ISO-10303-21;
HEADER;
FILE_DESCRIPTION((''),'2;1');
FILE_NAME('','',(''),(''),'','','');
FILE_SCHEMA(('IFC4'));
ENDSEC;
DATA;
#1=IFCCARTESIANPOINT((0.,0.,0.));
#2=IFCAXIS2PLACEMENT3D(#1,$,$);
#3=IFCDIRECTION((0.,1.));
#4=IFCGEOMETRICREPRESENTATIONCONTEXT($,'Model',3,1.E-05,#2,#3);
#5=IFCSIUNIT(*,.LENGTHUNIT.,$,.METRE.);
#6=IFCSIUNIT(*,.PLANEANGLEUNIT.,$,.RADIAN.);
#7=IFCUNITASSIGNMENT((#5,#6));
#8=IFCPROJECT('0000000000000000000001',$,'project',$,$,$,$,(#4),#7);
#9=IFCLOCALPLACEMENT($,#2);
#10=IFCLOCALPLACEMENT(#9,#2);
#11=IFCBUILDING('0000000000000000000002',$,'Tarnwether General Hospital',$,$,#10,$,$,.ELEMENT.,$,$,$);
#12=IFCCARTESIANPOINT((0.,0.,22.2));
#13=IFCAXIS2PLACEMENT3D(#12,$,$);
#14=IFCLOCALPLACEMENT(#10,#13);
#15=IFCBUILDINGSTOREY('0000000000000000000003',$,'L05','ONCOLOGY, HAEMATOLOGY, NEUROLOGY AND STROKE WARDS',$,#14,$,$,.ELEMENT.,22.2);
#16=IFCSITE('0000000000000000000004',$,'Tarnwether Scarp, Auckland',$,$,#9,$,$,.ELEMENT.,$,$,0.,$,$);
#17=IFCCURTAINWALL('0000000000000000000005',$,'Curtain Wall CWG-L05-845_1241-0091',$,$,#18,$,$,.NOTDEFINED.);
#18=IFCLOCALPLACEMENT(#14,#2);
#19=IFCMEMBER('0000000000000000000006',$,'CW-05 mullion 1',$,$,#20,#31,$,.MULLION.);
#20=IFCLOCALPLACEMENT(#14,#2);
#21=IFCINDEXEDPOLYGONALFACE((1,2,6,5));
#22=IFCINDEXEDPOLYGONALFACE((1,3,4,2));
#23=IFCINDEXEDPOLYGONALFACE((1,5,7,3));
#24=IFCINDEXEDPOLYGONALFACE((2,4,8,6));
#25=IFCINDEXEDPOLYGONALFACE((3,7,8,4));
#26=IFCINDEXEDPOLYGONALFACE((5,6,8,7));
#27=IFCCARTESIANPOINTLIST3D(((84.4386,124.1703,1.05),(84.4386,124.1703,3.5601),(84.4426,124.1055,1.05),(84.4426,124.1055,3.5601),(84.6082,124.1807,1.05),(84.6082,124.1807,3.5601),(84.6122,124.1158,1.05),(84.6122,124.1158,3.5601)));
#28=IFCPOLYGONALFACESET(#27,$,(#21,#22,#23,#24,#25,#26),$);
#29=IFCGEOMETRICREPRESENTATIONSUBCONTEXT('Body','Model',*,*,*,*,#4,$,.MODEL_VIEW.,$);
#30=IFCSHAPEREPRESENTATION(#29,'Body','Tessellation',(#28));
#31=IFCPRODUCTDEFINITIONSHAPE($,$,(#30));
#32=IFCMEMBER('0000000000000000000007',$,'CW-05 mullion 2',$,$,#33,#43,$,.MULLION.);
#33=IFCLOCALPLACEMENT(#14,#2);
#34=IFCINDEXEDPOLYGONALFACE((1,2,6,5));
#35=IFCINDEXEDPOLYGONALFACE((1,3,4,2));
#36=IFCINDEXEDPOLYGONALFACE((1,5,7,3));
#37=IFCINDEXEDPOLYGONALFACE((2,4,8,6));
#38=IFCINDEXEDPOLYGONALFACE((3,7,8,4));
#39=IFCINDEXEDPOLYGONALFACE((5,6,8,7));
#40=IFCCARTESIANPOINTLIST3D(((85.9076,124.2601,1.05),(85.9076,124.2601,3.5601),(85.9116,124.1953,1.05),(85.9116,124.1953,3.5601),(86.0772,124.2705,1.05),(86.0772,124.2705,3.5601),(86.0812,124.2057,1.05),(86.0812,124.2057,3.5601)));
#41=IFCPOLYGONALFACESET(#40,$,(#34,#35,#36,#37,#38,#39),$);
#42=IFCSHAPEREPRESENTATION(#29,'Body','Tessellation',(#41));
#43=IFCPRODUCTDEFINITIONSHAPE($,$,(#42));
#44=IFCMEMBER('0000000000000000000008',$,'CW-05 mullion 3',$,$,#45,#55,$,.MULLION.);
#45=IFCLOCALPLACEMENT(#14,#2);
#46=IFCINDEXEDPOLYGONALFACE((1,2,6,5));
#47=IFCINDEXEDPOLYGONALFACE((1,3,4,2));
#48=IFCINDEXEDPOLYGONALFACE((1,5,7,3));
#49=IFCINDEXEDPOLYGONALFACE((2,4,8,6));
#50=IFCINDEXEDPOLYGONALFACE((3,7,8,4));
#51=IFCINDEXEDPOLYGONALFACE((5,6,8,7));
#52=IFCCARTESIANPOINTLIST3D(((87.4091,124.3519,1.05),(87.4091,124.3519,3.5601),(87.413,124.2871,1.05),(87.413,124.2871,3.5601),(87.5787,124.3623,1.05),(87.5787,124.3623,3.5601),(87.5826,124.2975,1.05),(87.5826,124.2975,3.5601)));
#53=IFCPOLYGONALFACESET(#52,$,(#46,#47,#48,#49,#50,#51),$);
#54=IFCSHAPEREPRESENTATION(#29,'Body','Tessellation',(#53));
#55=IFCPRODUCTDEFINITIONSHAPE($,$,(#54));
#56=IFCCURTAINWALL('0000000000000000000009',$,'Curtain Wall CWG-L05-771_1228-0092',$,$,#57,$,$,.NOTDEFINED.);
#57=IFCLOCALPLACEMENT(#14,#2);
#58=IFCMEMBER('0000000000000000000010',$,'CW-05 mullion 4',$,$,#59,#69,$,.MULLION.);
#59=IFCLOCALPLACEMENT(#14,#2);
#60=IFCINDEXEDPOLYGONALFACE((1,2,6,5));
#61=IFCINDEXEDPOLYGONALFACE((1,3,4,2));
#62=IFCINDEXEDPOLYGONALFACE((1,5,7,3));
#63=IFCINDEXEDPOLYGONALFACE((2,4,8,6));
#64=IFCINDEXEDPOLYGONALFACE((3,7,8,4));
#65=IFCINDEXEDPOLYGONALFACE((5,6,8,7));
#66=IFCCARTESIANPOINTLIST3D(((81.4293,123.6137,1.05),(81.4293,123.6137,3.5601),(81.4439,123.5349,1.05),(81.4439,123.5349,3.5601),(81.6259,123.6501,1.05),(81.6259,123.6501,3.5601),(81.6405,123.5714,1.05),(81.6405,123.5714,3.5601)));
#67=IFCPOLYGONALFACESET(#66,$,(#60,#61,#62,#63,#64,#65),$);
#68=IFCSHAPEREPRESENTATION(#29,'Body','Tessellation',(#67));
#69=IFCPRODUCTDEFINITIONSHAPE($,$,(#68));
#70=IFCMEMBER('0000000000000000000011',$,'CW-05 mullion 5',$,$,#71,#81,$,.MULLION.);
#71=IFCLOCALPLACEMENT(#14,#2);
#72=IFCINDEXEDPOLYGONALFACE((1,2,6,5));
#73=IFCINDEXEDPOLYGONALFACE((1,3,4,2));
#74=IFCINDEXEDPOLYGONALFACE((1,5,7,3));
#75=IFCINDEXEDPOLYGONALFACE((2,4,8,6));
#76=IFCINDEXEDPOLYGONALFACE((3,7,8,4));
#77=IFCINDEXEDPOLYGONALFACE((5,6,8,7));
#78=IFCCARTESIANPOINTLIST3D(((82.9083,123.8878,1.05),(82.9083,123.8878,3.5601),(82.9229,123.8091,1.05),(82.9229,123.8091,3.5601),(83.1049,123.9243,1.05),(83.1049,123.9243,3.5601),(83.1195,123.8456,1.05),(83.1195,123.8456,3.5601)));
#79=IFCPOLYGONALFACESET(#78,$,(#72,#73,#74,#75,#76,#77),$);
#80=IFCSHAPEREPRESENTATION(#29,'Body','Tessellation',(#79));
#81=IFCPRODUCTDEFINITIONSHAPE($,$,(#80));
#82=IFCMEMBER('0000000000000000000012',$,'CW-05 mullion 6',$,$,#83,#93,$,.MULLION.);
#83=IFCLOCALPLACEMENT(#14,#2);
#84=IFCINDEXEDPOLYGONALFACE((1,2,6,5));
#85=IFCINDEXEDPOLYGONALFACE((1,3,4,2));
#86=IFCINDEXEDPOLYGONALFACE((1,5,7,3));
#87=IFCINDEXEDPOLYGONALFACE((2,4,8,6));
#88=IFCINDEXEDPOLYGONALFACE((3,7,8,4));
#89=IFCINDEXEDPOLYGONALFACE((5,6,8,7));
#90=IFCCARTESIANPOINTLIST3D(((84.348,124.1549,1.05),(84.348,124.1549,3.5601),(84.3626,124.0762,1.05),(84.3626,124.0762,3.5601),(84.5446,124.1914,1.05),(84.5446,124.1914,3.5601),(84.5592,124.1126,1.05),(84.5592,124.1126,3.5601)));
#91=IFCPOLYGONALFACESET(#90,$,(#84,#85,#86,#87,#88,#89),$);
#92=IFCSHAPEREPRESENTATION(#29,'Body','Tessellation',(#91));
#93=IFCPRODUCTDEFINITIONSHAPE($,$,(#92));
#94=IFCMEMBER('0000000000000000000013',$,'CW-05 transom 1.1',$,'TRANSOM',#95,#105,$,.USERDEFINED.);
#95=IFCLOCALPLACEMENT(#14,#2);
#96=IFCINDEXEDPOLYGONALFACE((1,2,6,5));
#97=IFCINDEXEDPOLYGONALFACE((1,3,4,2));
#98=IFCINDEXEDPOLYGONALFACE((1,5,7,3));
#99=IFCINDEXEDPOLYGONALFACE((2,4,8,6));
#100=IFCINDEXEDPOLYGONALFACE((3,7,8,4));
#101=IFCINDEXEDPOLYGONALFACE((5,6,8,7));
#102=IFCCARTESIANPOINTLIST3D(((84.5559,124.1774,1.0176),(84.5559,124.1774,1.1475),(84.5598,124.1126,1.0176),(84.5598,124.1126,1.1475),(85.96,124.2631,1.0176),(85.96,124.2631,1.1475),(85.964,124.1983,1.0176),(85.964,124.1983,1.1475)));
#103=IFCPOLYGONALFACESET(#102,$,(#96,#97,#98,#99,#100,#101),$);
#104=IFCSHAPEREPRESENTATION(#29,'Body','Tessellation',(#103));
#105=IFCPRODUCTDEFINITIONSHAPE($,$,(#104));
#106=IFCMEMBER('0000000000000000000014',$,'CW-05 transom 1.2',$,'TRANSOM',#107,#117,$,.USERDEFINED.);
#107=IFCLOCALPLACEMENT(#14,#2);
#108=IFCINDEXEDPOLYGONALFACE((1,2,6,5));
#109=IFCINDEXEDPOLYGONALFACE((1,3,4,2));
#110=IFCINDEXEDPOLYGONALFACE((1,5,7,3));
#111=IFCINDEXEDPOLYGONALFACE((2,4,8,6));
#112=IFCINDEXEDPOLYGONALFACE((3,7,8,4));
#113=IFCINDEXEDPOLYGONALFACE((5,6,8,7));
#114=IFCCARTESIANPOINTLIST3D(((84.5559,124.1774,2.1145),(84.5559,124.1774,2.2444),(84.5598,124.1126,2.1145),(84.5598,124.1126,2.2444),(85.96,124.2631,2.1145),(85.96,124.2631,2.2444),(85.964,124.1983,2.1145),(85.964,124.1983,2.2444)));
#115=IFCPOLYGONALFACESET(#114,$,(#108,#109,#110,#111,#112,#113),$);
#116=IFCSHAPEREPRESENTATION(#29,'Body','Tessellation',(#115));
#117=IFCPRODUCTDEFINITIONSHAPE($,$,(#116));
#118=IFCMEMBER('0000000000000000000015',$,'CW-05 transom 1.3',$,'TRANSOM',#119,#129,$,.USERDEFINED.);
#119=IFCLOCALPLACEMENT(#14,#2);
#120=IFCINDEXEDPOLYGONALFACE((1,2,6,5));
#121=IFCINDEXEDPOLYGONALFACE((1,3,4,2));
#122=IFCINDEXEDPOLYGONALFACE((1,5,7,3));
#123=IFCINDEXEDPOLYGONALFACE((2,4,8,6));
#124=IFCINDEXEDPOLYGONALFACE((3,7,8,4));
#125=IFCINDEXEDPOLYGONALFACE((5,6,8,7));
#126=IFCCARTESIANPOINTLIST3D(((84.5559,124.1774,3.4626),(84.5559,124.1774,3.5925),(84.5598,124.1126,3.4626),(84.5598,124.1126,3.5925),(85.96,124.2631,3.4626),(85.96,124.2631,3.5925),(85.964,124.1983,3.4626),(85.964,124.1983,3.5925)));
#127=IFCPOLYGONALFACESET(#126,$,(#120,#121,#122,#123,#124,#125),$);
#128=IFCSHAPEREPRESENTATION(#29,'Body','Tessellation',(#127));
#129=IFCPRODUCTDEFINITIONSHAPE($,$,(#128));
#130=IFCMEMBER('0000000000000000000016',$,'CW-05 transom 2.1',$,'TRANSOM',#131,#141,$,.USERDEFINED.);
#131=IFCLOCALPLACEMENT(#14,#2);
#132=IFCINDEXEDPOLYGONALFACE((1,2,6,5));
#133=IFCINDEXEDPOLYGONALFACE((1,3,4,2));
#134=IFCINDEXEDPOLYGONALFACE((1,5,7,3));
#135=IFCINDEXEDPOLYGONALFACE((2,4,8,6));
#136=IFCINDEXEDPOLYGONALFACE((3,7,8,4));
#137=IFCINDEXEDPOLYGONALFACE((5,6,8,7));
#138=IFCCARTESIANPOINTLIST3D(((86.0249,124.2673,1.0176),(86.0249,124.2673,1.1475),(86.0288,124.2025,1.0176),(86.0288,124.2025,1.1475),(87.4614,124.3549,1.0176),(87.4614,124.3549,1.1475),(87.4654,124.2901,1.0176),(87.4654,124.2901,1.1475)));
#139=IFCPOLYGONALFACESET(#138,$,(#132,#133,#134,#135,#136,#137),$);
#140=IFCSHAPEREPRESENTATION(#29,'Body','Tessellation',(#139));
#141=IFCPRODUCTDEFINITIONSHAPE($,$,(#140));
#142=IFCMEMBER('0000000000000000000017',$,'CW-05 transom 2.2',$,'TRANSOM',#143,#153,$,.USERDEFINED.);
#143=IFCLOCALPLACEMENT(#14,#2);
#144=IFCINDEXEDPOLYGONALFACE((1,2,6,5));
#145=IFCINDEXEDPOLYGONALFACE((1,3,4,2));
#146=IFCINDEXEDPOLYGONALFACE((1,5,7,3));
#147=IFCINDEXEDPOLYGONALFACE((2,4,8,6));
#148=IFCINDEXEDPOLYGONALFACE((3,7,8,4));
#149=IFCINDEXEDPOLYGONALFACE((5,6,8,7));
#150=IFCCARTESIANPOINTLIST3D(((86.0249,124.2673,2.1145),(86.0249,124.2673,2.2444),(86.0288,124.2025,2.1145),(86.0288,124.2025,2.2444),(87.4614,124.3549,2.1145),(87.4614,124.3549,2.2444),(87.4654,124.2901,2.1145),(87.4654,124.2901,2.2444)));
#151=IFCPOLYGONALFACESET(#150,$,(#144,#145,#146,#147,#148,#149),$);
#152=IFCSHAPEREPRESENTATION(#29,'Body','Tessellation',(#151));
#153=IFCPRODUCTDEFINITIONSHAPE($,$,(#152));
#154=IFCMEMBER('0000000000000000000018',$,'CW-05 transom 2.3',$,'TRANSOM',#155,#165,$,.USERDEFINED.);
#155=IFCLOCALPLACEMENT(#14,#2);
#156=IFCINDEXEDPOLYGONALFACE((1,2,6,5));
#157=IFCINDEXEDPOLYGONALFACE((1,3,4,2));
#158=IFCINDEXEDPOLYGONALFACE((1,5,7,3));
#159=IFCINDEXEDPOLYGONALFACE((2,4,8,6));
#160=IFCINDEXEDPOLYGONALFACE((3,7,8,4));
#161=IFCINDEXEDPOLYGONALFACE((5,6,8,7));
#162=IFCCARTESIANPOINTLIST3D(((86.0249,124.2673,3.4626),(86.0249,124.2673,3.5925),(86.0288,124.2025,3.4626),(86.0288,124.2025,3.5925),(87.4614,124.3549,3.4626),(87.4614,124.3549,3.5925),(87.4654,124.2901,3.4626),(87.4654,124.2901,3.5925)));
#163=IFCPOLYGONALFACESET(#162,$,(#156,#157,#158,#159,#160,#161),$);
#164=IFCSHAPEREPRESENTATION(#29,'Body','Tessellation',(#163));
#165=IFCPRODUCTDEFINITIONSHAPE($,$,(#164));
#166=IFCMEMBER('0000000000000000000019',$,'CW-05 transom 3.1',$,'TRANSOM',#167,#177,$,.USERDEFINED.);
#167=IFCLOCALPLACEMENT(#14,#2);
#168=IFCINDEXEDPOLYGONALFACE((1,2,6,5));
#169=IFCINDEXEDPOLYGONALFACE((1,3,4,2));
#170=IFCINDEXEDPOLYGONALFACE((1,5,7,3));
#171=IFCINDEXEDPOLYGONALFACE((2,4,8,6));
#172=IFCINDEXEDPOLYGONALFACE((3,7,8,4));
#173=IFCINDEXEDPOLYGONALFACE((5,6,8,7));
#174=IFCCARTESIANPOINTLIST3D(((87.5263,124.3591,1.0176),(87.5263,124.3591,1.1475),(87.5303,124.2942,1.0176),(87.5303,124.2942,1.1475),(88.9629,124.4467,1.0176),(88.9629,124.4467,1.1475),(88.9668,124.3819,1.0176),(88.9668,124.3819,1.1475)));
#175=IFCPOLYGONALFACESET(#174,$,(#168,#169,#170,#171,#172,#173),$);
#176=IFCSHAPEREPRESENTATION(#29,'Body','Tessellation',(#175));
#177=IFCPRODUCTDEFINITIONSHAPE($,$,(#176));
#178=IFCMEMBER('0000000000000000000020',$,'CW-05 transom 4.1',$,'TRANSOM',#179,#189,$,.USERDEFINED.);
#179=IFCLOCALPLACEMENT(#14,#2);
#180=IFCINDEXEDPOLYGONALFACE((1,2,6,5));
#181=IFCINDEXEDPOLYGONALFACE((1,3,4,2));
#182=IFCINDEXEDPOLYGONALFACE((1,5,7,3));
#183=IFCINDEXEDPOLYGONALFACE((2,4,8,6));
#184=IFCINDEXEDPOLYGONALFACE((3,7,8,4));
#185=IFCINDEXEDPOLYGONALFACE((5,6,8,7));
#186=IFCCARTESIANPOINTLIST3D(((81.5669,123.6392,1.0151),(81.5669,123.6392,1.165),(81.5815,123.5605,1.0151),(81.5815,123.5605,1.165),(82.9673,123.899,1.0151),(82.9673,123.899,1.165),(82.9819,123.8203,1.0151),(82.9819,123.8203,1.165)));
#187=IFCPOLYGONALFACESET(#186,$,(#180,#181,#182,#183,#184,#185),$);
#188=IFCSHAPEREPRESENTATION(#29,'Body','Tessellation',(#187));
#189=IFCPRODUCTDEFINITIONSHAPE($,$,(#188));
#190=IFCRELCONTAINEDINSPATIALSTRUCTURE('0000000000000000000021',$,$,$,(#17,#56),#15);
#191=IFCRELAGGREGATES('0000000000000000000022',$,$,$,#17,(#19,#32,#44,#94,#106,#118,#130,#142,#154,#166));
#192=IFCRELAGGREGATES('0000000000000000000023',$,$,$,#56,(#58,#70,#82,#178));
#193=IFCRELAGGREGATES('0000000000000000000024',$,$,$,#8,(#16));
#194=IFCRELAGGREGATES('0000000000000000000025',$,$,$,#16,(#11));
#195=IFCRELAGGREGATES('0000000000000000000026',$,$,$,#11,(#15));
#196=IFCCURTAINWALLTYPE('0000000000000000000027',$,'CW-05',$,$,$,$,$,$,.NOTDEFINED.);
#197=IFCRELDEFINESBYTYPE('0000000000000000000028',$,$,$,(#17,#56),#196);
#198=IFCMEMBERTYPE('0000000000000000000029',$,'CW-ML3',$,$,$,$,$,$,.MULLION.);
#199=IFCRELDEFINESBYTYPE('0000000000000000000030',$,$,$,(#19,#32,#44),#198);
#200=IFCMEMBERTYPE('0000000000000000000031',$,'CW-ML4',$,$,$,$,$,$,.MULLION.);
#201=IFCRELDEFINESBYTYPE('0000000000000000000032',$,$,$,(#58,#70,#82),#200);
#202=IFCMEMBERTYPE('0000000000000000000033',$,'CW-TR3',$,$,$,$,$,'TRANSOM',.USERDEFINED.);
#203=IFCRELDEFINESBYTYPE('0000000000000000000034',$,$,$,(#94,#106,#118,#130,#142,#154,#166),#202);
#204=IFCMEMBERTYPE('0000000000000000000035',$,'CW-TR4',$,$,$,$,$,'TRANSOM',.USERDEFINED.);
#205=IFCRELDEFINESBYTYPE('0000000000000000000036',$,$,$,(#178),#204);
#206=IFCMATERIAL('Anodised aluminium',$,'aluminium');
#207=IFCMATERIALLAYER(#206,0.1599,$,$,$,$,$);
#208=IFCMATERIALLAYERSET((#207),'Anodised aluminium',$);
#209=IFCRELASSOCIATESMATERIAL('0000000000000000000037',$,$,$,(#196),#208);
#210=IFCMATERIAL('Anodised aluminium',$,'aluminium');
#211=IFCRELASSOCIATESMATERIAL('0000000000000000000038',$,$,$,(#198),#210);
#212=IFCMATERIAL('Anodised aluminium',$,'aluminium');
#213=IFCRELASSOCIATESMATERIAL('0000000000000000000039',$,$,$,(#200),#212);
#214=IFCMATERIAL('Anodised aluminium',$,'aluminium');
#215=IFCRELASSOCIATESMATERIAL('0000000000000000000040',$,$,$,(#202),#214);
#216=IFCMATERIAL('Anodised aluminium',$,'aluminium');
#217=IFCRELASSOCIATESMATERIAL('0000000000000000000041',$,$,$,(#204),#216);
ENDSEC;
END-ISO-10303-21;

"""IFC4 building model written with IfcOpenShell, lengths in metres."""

from ifc_helpers import new_model, si_unit, direction, frame, origin, origin_2d, place, context, subcontext, project, spatial, rectangle, extrude, material, layer, layer_set, material_profile, profile_set, type_object, element, aggregate, save


model = new_model("IFC4")

# Units and contexts
model_context = context("Model", 3, precision=1e-05, world=origin(), true_north=direction((0.0, 1.0)))
body_context = subcontext(model_context, "Body", "Model", "MODEL_VIEW")
ifc_project = project(units=[si_unit("LENGTHUNIT", "METRE"), si_unit("PLANEANGLEUNIT", "RADIAN")], contexts=[model_context])

# Site, building, storey
site_placement = place(None, origin())
site = spatial("IfcSite", under=ifc_project, at=site_placement, Name="Tarnwether Scarp, Auckland", CompositionType="ELEMENT", RefElevation=0.0)
building_placement = place(site_placement, origin())
building = spatial("IfcBuilding", under=site, at=building_placement, Name="Tarnwether General Hospital", CompositionType="ELEMENT")
storey_placement = place(building_placement, frame((0.0, 0.0, 22.2)))
storey = spatial("IfcBuildingStorey", under=building, at=storey_placement, Name="L05", Description="ONCOLOGY, HAEMATOLOGY, NEUROLOGY AND STROKE WARDS", CompositionType="ELEMENT", Elevation=22.2)

# Curtain walls, members
ifc_material_1 = material(Name="Anodised aluminium", Category="aluminium")
ifc_layer_1 = layer(ifc_material_1, 0.1599)
ifc_layer_set_1 = layer_set([ifc_layer_1], Name="Anodised aluminium")
curtain_wall_type = type_object("IfcCurtainWallType", Name="CW-05", PredefinedType="NOTDEFINED", material=ifc_layer_set_1)
curtain_wall_1_placement = place(storey_placement, origin())
curtain_wall_1 = element("IfcCurtainWall", 1, at=curtain_wall_1_placement, inside=storey, type_object=curtain_wall_type, Name="Curtain Wall CWG-L05-845_1241-0091", PredefinedType="NOTDEFINED")
ifc_material_2 = material(Name="Anodised aluminium", Category="aluminium")
ifc_material_profile_1 = material_profile(ifc_material_2, rectangle(XDim=0.0649, YDim=0.1699, at=origin_2d()), Name="ALU-MUL-65x170")
ifc_profile_set_1 = profile_set([ifc_material_profile_1], Name="Anodised aluminium")
member_type_1 = type_object("IfcMemberType", Name="CW-ML3", PredefinedType="MULLION", material=ifc_profile_set_1)
member_1_placement = place(storey_placement, frame((84.5254, 124.1431, 1.05), z_axis=(0.0, 0.0, 1.0), x_axis=(-0.061029, 0.998136, 0.0)))
member_1 = element("IfcMember", 2, at=member_1_placement, type_object=member_type_1, Name="CW-05 mullion 1", PredefinedType="MULLION", context=body_context, shape_type="SweptSolid", body=[
    extrude(rectangle(XDim=0.0649, YDim=0.1699, at=origin_2d()), origin(), (0.0, 0.0, 1.0), 2.51),
])
member_2_placement = place(storey_placement, frame((85.9944, 124.2329, 1.05), z_axis=(0.0, 0.0, 1.0), x_axis=(-0.061029, 0.998136, 0.0)))
member_2 = element("IfcMember", 3, at=member_2_placement, type_object=member_type_1, Name="CW-05 mullion 2", PredefinedType="MULLION", context=body_context, shape_type="SweptSolid", body=[
    extrude(rectangle(XDim=0.0649, YDim=0.1699, at=origin_2d()), origin(), (0.0, 0.0, 1.0), 2.51),
])
member_3_placement = place(storey_placement, frame((87.4958, 124.3247, 1.05), z_axis=(0.0, 0.0, 1.0), x_axis=(-0.061029, 0.998136, 0.0)))
member_3 = element("IfcMember", 4, at=member_3_placement, type_object=member_type_1, Name="CW-05 mullion 3", PredefinedType="MULLION", context=body_context, shape_type="SweptSolid", body=[
    extrude(rectangle(XDim=0.0649, YDim=0.1699, at=origin_2d()), origin(), (0.0, 0.0, 1.0), 2.51),
])
curtain_wall_2_placement = place(storey_placement, origin())
curtain_wall_2 = element("IfcCurtainWall", 5, at=curtain_wall_2_placement, inside=storey, type_object=curtain_wall_type, Name="Curtain Wall CWG-L05-771_1228-0092", PredefinedType="NOTDEFINED")
ifc_material_3 = material(Name="Anodised aluminium", Category="aluminium")
ifc_material_profile_2 = material_profile(ifc_material_3, rectangle(XDim=0.0801, YDim=0.2, at=origin_2d()), Name="ALU-MUL-80x200")
ifc_profile_set_2 = profile_set([ifc_material_profile_2], Name="Anodised aluminium")
member_type_2 = type_object("IfcMemberType", Name="CW-ML4", PredefinedType="MULLION", material=ifc_profile_set_2)
member_4_placement = place(storey_placement, frame((81.5349, 123.5925, 1.05), z_axis=(0.0, 0.0, 1.0), x_axis=(-0.182289, 0.983245, 0.0)))
member_4 = element("IfcMember", 6, at=member_4_placement, type_object=member_type_2, Name="CW-05 mullion 4", PredefinedType="MULLION", context=body_context, shape_type="SweptSolid", body=[
    extrude(rectangle(XDim=0.0801, YDim=0.2, at=origin_2d()), origin(), (0.0, 0.0, 1.0), 2.51),
])
member_5_placement = place(storey_placement, frame((83.0139, 123.8667, 1.05), z_axis=(0.0, 0.0, 1.0), x_axis=(-0.182289, 0.983245, 0.0)))
member_5 = element("IfcMember", 7, at=member_5_placement, type_object=member_type_2, Name="CW-05 mullion 5", PredefinedType="MULLION", context=body_context, shape_type="SweptSolid", body=[
    extrude(rectangle(XDim=0.0801, YDim=0.2, at=origin_2d()), origin(), (0.0, 0.0, 1.0), 2.51),
])
member_6_placement = place(storey_placement, frame((84.4536, 124.1338, 1.05), z_axis=(0.0, 0.0, 1.0), x_axis=(-0.182289, 0.983245, 0.0)))
member_6 = element("IfcMember", 8, at=member_6_placement, type_object=member_type_2, Name="CW-05 mullion 6", PredefinedType="MULLION", context=body_context, shape_type="SweptSolid", body=[
    extrude(rectangle(XDim=0.0801, YDim=0.2, at=origin_2d()), origin(), (0.0, 0.0, 1.0), 2.51),
])

# Members
ifc_material_4 = material(Name="Anodised aluminium", Category="aluminium")
ifc_material_profile_3 = material_profile(ifc_material_4, rectangle(XDim=0.0649, YDim=0.1299, at=origin_2d()), Name="ALU-TRN-65x130")
ifc_profile_set_3 = profile_set([ifc_material_profile_3], Name="Anodised aluminium")
member_type_3 = type_object("IfcMemberType", Name="CW-TR3", ElementType="TRANSOM", PredefinedType="USERDEFINED", material=ifc_profile_set_3)
member_7_placement = place(storey_placement, frame((84.5579, 124.145, 1.0825), z_axis=(0.998143, 0.06092, 0.0), x_axis=(-0.06092, 0.998143, 0.0)))
member_7 = element("IfcMember", 9, at=member_7_placement, type_object=member_type_3, Name="CW-05 transom 1.1", ObjectType="TRANSOM", PredefinedType="USERDEFINED", context=body_context, shape_type="SweptSolid", body=[
    extrude(rectangle(XDim=0.0649, YDim=0.1299, at=origin_2d()), origin(), (0.0, 0.0, 1.0), 1.4067),
])
member_8_placement = place(storey_placement, frame((84.5579, 124.145, 2.1794), z_axis=(0.998143, 0.06092, 0.0), x_axis=(-0.06092, 0.998143, 0.0)))
member_8 = element("IfcMember", 10, at=member_8_placement, type_object=member_type_3, Name="CW-05 transom 1.2", ObjectType="TRANSOM", PredefinedType="USERDEFINED", context=body_context, shape_type="SweptSolid", body=[
    extrude(rectangle(XDim=0.0649, YDim=0.1299, at=origin_2d()), origin(), (0.0, 0.0, 1.0), 1.4067),
])
member_9_placement = place(storey_placement, frame((84.5579, 124.145, 3.5276), z_axis=(0.998143, 0.06092, 0.0), x_axis=(-0.06092, 0.998143, 0.0)))
member_9 = element("IfcMember", 11, at=member_9_placement, type_object=member_type_3, Name="CW-05 transom 1.3", ObjectType="TRANSOM", PredefinedType="USERDEFINED", context=body_context, shape_type="SweptSolid", body=[
    extrude(rectangle(XDim=0.0649, YDim=0.1299, at=origin_2d()), origin(), (0.0, 0.0, 1.0), 1.4067),
])
member_10_placement = place(storey_placement, frame((86.0269, 124.2349, 1.0825), z_axis=(0.998144, 0.0609, 0.0), x_axis=(-0.0609, 0.998144, 0.0)))
member_10 = element("IfcMember", 12, at=member_10_placement, type_object=member_type_3, Name="CW-05 transom 2.1", ObjectType="TRANSOM", PredefinedType="USERDEFINED", context=body_context, shape_type="SweptSolid", body=[
    extrude(rectangle(XDim=0.0649, YDim=0.1299, at=origin_2d()), origin(), (0.0, 0.0, 1.0), 1.4392),
])
member_11_placement = place(storey_placement, frame((86.0269, 124.2349, 2.1794), z_axis=(0.998144, 0.0609, 0.0), x_axis=(-0.0609, 0.998144, 0.0)))
member_11 = element("IfcMember", 13, at=member_11_placement, type_object=member_type_3, Name="CW-05 transom 2.2", ObjectType="TRANSOM", PredefinedType="USERDEFINED", context=body_context, shape_type="SweptSolid", body=[
    extrude(rectangle(XDim=0.0649, YDim=0.1299, at=origin_2d()), origin(), (0.0, 0.0, 1.0), 1.4392),
])
member_12_placement = place(storey_placement, frame((86.0269, 124.2349, 3.5276), z_axis=(0.998144, 0.0609, 0.0), x_axis=(-0.0609, 0.998144, 0.0)))
member_12 = element("IfcMember", 14, at=member_12_placement, type_object=member_type_3, Name="CW-05 transom 2.3", ObjectType="TRANSOM", PredefinedType="USERDEFINED", context=body_context, shape_type="SweptSolid", body=[
    extrude(rectangle(XDim=0.0649, YDim=0.1299, at=origin_2d()), origin(), (0.0, 0.0, 1.0), 1.4392),
])
member_13_placement = place(storey_placement, frame((87.5283, 124.3267, 1.0825), z_axis=(0.998144, 0.0609, 0.0), x_axis=(-0.0609, 0.998144, 0.0)))
member_13 = element("IfcMember", 15, at=member_13_placement, type_object=member_type_3, Name="CW-05 transom 3.1", ObjectType="TRANSOM", PredefinedType="USERDEFINED", context=body_context, shape_type="SweptSolid", body=[
    extrude(rectangle(XDim=0.0649, YDim=0.1299, at=origin_2d()), origin(), (0.0, 0.0, 1.0), 1.4392),
])
ifc_material_5 = material(Name="Anodised aluminium", Category="aluminium")
ifc_material_profile_4 = material_profile(ifc_material_5, rectangle(XDim=0.0801, YDim=0.1499, at=origin_2d()), Name="ALU-TRN-80x150")
ifc_profile_set_4 = profile_set([ifc_material_profile_4], Name="Anodised aluminium")
member_type_4 = type_object("IfcMemberType", Name="CW-TR4", ElementType="TRANSOM", PredefinedType="USERDEFINED", material=ifc_profile_set_4)
member_14_placement = place(storey_placement, frame((81.5742, 123.5999, 1.0901), z_axis=(0.983227, 0.182384, 0.0), x_axis=(-0.182384, 0.983227, 0.0)))
member_14 = element("IfcMember", 16, at=member_14_placement, type_object=member_type_4, Name="CW-05 transom 4.1", ObjectType="TRANSOM", PredefinedType="USERDEFINED", context=body_context, shape_type="SweptSolid", body=[
    extrude(rectangle(XDim=0.0801, YDim=0.1499, at=origin_2d()), origin(), (0.0, 0.0, 1.0), 1.4243),
])

aggregate(curtain_wall_1, [member_1, member_2, member_3, member_7, member_8, member_9, member_10, member_11, member_12, member_13])
aggregate(curtain_wall_2, [member_4, member_5, member_6, member_14])

save(model, "model.ifc")
